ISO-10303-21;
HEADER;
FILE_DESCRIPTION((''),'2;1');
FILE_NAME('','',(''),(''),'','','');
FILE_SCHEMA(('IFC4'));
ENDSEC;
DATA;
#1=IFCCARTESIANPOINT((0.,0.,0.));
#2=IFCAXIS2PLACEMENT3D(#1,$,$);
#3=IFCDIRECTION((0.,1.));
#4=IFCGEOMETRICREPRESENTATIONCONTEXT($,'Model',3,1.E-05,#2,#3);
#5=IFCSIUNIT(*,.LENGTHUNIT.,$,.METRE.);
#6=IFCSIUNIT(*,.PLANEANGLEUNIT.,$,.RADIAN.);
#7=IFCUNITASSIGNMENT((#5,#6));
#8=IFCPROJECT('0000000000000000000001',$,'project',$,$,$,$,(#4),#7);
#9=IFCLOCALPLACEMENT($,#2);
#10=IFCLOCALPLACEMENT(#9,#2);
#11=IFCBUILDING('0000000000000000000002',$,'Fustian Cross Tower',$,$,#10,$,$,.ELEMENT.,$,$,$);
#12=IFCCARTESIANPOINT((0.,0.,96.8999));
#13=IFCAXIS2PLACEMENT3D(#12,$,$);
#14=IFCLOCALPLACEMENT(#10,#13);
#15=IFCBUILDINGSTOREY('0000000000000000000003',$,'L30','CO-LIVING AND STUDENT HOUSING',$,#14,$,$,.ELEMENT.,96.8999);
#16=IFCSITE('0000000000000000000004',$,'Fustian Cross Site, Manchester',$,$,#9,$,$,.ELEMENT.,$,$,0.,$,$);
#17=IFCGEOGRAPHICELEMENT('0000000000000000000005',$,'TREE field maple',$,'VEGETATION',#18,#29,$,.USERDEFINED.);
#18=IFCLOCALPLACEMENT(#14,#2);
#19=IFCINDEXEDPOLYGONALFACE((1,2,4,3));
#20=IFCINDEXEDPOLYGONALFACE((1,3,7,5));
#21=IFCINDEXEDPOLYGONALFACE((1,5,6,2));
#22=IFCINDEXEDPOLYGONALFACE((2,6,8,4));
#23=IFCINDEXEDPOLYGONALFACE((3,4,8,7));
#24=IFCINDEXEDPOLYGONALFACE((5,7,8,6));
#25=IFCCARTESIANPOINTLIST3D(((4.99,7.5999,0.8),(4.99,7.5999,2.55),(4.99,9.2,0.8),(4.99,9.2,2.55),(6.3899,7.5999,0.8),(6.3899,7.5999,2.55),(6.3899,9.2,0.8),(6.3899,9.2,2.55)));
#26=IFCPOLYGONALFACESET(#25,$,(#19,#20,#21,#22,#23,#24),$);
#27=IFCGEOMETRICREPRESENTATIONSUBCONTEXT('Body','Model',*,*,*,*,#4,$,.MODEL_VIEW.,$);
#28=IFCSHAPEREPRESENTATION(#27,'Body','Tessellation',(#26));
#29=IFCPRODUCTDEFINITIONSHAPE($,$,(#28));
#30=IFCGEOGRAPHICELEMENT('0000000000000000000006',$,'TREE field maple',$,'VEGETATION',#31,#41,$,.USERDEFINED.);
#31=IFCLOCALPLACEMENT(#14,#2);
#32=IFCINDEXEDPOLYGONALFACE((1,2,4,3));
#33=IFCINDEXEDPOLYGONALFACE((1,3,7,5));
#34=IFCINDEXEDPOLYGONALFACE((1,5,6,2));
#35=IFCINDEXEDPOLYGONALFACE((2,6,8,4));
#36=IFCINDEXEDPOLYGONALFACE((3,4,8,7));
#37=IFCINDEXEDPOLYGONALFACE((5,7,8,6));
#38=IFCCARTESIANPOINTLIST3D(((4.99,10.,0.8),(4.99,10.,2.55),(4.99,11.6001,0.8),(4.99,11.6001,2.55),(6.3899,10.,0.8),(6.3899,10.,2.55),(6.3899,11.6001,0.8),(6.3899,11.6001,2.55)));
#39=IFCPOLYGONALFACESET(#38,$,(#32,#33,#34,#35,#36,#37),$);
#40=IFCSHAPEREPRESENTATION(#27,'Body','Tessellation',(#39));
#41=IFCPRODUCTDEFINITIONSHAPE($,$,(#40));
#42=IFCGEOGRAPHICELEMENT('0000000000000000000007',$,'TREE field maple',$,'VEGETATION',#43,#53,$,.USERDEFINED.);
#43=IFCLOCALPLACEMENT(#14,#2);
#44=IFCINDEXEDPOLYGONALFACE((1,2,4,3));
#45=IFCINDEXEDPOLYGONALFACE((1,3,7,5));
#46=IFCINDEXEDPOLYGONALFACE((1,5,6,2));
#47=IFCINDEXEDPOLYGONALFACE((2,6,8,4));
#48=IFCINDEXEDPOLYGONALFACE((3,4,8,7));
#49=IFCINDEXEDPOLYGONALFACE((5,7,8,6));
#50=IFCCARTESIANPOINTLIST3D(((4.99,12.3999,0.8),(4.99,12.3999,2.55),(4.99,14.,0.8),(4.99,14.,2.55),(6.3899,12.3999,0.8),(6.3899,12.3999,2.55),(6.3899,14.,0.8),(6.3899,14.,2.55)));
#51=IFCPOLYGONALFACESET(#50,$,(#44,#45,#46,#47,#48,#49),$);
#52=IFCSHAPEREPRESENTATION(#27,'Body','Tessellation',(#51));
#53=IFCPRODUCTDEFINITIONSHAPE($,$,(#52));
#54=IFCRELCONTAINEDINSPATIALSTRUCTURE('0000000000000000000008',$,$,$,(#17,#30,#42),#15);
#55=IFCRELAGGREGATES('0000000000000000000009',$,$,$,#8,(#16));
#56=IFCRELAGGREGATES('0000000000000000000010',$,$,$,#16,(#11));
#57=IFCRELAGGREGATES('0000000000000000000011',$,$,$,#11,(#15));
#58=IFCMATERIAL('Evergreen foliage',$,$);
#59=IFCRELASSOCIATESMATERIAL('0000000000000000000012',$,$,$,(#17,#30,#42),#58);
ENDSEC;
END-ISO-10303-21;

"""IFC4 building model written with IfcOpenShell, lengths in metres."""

from ifc_helpers import new_model, si_unit, direction, frame, origin, origin_2d, place, context, subcontext, project, spatial, rectangle, extrude, material, element, save


model = new_model("IFC4")

# Units and contexts
model_context = context("Model", 3, precision=1e-05, world=origin(), true_north=direction((0.0, 1.0)))
body_context = subcontext(model_context, "Body", "Model", "MODEL_VIEW")
ifc_project = project(units=[si_unit("LENGTHUNIT", "METRE"), si_unit("PLANEANGLEUNIT", "RADIAN")], contexts=[model_context])

# Site, building, storey
site_placement = place(None, origin())
site = spatial("IfcSite", under=ifc_project, at=site_placement, Name="Fustian Cross Site, Manchester", CompositionType="ELEMENT", RefElevation=0.0)
building_placement = place(site_placement, origin())
building = spatial("IfcBuilding", under=site, at=building_placement, Name="Fustian Cross Tower", CompositionType="ELEMENT")
storey_placement = place(building_placement, frame((0.0, 0.0, 96.8999)))
storey = spatial("IfcBuildingStorey", under=building, at=storey_placement, Name="L30", Description="CO-LIVING AND STUDENT HOUSING", CompositionType="ELEMENT", Elevation=96.8999)

# Geographic elements
ifc_material_1 = material(Name="Evergreen foliage")
for number, where, z_axis, x_axis, name in (
    (1, (5.6899, 8.3999, 0.8), (0.0, 0.0, 1.0), (1.0, 0.0, 0.0), "TREE field maple"),
    (2, (5.6899, 10.8, 0.8), (0.0, 0.0, 1.0), (1.0, 0.0, 0.0), "TREE field maple"),
    (3, (5.6899, 13.2, 0.8), (0.0, 0.0, 1.0), (1.0, 0.0, 0.0), "TREE field maple"),
):
    element("IfcGeographicElement", number, at=place(storey_placement, frame(where, z_axis=z_axis, x_axis=x_axis)), inside=storey, material=ifc_material_1, Name=name, ObjectType="VEGETATION", PredefinedType="USERDEFINED", context=body_context, shape_type="SweptSolid", body=[
        extrude(rectangle(XDim=1.3999, YDim=1.6001, at=origin_2d()), origin(), (0.0, 0.0, 1.0), 1.75),
    ])

save(model, "model.ifc")
